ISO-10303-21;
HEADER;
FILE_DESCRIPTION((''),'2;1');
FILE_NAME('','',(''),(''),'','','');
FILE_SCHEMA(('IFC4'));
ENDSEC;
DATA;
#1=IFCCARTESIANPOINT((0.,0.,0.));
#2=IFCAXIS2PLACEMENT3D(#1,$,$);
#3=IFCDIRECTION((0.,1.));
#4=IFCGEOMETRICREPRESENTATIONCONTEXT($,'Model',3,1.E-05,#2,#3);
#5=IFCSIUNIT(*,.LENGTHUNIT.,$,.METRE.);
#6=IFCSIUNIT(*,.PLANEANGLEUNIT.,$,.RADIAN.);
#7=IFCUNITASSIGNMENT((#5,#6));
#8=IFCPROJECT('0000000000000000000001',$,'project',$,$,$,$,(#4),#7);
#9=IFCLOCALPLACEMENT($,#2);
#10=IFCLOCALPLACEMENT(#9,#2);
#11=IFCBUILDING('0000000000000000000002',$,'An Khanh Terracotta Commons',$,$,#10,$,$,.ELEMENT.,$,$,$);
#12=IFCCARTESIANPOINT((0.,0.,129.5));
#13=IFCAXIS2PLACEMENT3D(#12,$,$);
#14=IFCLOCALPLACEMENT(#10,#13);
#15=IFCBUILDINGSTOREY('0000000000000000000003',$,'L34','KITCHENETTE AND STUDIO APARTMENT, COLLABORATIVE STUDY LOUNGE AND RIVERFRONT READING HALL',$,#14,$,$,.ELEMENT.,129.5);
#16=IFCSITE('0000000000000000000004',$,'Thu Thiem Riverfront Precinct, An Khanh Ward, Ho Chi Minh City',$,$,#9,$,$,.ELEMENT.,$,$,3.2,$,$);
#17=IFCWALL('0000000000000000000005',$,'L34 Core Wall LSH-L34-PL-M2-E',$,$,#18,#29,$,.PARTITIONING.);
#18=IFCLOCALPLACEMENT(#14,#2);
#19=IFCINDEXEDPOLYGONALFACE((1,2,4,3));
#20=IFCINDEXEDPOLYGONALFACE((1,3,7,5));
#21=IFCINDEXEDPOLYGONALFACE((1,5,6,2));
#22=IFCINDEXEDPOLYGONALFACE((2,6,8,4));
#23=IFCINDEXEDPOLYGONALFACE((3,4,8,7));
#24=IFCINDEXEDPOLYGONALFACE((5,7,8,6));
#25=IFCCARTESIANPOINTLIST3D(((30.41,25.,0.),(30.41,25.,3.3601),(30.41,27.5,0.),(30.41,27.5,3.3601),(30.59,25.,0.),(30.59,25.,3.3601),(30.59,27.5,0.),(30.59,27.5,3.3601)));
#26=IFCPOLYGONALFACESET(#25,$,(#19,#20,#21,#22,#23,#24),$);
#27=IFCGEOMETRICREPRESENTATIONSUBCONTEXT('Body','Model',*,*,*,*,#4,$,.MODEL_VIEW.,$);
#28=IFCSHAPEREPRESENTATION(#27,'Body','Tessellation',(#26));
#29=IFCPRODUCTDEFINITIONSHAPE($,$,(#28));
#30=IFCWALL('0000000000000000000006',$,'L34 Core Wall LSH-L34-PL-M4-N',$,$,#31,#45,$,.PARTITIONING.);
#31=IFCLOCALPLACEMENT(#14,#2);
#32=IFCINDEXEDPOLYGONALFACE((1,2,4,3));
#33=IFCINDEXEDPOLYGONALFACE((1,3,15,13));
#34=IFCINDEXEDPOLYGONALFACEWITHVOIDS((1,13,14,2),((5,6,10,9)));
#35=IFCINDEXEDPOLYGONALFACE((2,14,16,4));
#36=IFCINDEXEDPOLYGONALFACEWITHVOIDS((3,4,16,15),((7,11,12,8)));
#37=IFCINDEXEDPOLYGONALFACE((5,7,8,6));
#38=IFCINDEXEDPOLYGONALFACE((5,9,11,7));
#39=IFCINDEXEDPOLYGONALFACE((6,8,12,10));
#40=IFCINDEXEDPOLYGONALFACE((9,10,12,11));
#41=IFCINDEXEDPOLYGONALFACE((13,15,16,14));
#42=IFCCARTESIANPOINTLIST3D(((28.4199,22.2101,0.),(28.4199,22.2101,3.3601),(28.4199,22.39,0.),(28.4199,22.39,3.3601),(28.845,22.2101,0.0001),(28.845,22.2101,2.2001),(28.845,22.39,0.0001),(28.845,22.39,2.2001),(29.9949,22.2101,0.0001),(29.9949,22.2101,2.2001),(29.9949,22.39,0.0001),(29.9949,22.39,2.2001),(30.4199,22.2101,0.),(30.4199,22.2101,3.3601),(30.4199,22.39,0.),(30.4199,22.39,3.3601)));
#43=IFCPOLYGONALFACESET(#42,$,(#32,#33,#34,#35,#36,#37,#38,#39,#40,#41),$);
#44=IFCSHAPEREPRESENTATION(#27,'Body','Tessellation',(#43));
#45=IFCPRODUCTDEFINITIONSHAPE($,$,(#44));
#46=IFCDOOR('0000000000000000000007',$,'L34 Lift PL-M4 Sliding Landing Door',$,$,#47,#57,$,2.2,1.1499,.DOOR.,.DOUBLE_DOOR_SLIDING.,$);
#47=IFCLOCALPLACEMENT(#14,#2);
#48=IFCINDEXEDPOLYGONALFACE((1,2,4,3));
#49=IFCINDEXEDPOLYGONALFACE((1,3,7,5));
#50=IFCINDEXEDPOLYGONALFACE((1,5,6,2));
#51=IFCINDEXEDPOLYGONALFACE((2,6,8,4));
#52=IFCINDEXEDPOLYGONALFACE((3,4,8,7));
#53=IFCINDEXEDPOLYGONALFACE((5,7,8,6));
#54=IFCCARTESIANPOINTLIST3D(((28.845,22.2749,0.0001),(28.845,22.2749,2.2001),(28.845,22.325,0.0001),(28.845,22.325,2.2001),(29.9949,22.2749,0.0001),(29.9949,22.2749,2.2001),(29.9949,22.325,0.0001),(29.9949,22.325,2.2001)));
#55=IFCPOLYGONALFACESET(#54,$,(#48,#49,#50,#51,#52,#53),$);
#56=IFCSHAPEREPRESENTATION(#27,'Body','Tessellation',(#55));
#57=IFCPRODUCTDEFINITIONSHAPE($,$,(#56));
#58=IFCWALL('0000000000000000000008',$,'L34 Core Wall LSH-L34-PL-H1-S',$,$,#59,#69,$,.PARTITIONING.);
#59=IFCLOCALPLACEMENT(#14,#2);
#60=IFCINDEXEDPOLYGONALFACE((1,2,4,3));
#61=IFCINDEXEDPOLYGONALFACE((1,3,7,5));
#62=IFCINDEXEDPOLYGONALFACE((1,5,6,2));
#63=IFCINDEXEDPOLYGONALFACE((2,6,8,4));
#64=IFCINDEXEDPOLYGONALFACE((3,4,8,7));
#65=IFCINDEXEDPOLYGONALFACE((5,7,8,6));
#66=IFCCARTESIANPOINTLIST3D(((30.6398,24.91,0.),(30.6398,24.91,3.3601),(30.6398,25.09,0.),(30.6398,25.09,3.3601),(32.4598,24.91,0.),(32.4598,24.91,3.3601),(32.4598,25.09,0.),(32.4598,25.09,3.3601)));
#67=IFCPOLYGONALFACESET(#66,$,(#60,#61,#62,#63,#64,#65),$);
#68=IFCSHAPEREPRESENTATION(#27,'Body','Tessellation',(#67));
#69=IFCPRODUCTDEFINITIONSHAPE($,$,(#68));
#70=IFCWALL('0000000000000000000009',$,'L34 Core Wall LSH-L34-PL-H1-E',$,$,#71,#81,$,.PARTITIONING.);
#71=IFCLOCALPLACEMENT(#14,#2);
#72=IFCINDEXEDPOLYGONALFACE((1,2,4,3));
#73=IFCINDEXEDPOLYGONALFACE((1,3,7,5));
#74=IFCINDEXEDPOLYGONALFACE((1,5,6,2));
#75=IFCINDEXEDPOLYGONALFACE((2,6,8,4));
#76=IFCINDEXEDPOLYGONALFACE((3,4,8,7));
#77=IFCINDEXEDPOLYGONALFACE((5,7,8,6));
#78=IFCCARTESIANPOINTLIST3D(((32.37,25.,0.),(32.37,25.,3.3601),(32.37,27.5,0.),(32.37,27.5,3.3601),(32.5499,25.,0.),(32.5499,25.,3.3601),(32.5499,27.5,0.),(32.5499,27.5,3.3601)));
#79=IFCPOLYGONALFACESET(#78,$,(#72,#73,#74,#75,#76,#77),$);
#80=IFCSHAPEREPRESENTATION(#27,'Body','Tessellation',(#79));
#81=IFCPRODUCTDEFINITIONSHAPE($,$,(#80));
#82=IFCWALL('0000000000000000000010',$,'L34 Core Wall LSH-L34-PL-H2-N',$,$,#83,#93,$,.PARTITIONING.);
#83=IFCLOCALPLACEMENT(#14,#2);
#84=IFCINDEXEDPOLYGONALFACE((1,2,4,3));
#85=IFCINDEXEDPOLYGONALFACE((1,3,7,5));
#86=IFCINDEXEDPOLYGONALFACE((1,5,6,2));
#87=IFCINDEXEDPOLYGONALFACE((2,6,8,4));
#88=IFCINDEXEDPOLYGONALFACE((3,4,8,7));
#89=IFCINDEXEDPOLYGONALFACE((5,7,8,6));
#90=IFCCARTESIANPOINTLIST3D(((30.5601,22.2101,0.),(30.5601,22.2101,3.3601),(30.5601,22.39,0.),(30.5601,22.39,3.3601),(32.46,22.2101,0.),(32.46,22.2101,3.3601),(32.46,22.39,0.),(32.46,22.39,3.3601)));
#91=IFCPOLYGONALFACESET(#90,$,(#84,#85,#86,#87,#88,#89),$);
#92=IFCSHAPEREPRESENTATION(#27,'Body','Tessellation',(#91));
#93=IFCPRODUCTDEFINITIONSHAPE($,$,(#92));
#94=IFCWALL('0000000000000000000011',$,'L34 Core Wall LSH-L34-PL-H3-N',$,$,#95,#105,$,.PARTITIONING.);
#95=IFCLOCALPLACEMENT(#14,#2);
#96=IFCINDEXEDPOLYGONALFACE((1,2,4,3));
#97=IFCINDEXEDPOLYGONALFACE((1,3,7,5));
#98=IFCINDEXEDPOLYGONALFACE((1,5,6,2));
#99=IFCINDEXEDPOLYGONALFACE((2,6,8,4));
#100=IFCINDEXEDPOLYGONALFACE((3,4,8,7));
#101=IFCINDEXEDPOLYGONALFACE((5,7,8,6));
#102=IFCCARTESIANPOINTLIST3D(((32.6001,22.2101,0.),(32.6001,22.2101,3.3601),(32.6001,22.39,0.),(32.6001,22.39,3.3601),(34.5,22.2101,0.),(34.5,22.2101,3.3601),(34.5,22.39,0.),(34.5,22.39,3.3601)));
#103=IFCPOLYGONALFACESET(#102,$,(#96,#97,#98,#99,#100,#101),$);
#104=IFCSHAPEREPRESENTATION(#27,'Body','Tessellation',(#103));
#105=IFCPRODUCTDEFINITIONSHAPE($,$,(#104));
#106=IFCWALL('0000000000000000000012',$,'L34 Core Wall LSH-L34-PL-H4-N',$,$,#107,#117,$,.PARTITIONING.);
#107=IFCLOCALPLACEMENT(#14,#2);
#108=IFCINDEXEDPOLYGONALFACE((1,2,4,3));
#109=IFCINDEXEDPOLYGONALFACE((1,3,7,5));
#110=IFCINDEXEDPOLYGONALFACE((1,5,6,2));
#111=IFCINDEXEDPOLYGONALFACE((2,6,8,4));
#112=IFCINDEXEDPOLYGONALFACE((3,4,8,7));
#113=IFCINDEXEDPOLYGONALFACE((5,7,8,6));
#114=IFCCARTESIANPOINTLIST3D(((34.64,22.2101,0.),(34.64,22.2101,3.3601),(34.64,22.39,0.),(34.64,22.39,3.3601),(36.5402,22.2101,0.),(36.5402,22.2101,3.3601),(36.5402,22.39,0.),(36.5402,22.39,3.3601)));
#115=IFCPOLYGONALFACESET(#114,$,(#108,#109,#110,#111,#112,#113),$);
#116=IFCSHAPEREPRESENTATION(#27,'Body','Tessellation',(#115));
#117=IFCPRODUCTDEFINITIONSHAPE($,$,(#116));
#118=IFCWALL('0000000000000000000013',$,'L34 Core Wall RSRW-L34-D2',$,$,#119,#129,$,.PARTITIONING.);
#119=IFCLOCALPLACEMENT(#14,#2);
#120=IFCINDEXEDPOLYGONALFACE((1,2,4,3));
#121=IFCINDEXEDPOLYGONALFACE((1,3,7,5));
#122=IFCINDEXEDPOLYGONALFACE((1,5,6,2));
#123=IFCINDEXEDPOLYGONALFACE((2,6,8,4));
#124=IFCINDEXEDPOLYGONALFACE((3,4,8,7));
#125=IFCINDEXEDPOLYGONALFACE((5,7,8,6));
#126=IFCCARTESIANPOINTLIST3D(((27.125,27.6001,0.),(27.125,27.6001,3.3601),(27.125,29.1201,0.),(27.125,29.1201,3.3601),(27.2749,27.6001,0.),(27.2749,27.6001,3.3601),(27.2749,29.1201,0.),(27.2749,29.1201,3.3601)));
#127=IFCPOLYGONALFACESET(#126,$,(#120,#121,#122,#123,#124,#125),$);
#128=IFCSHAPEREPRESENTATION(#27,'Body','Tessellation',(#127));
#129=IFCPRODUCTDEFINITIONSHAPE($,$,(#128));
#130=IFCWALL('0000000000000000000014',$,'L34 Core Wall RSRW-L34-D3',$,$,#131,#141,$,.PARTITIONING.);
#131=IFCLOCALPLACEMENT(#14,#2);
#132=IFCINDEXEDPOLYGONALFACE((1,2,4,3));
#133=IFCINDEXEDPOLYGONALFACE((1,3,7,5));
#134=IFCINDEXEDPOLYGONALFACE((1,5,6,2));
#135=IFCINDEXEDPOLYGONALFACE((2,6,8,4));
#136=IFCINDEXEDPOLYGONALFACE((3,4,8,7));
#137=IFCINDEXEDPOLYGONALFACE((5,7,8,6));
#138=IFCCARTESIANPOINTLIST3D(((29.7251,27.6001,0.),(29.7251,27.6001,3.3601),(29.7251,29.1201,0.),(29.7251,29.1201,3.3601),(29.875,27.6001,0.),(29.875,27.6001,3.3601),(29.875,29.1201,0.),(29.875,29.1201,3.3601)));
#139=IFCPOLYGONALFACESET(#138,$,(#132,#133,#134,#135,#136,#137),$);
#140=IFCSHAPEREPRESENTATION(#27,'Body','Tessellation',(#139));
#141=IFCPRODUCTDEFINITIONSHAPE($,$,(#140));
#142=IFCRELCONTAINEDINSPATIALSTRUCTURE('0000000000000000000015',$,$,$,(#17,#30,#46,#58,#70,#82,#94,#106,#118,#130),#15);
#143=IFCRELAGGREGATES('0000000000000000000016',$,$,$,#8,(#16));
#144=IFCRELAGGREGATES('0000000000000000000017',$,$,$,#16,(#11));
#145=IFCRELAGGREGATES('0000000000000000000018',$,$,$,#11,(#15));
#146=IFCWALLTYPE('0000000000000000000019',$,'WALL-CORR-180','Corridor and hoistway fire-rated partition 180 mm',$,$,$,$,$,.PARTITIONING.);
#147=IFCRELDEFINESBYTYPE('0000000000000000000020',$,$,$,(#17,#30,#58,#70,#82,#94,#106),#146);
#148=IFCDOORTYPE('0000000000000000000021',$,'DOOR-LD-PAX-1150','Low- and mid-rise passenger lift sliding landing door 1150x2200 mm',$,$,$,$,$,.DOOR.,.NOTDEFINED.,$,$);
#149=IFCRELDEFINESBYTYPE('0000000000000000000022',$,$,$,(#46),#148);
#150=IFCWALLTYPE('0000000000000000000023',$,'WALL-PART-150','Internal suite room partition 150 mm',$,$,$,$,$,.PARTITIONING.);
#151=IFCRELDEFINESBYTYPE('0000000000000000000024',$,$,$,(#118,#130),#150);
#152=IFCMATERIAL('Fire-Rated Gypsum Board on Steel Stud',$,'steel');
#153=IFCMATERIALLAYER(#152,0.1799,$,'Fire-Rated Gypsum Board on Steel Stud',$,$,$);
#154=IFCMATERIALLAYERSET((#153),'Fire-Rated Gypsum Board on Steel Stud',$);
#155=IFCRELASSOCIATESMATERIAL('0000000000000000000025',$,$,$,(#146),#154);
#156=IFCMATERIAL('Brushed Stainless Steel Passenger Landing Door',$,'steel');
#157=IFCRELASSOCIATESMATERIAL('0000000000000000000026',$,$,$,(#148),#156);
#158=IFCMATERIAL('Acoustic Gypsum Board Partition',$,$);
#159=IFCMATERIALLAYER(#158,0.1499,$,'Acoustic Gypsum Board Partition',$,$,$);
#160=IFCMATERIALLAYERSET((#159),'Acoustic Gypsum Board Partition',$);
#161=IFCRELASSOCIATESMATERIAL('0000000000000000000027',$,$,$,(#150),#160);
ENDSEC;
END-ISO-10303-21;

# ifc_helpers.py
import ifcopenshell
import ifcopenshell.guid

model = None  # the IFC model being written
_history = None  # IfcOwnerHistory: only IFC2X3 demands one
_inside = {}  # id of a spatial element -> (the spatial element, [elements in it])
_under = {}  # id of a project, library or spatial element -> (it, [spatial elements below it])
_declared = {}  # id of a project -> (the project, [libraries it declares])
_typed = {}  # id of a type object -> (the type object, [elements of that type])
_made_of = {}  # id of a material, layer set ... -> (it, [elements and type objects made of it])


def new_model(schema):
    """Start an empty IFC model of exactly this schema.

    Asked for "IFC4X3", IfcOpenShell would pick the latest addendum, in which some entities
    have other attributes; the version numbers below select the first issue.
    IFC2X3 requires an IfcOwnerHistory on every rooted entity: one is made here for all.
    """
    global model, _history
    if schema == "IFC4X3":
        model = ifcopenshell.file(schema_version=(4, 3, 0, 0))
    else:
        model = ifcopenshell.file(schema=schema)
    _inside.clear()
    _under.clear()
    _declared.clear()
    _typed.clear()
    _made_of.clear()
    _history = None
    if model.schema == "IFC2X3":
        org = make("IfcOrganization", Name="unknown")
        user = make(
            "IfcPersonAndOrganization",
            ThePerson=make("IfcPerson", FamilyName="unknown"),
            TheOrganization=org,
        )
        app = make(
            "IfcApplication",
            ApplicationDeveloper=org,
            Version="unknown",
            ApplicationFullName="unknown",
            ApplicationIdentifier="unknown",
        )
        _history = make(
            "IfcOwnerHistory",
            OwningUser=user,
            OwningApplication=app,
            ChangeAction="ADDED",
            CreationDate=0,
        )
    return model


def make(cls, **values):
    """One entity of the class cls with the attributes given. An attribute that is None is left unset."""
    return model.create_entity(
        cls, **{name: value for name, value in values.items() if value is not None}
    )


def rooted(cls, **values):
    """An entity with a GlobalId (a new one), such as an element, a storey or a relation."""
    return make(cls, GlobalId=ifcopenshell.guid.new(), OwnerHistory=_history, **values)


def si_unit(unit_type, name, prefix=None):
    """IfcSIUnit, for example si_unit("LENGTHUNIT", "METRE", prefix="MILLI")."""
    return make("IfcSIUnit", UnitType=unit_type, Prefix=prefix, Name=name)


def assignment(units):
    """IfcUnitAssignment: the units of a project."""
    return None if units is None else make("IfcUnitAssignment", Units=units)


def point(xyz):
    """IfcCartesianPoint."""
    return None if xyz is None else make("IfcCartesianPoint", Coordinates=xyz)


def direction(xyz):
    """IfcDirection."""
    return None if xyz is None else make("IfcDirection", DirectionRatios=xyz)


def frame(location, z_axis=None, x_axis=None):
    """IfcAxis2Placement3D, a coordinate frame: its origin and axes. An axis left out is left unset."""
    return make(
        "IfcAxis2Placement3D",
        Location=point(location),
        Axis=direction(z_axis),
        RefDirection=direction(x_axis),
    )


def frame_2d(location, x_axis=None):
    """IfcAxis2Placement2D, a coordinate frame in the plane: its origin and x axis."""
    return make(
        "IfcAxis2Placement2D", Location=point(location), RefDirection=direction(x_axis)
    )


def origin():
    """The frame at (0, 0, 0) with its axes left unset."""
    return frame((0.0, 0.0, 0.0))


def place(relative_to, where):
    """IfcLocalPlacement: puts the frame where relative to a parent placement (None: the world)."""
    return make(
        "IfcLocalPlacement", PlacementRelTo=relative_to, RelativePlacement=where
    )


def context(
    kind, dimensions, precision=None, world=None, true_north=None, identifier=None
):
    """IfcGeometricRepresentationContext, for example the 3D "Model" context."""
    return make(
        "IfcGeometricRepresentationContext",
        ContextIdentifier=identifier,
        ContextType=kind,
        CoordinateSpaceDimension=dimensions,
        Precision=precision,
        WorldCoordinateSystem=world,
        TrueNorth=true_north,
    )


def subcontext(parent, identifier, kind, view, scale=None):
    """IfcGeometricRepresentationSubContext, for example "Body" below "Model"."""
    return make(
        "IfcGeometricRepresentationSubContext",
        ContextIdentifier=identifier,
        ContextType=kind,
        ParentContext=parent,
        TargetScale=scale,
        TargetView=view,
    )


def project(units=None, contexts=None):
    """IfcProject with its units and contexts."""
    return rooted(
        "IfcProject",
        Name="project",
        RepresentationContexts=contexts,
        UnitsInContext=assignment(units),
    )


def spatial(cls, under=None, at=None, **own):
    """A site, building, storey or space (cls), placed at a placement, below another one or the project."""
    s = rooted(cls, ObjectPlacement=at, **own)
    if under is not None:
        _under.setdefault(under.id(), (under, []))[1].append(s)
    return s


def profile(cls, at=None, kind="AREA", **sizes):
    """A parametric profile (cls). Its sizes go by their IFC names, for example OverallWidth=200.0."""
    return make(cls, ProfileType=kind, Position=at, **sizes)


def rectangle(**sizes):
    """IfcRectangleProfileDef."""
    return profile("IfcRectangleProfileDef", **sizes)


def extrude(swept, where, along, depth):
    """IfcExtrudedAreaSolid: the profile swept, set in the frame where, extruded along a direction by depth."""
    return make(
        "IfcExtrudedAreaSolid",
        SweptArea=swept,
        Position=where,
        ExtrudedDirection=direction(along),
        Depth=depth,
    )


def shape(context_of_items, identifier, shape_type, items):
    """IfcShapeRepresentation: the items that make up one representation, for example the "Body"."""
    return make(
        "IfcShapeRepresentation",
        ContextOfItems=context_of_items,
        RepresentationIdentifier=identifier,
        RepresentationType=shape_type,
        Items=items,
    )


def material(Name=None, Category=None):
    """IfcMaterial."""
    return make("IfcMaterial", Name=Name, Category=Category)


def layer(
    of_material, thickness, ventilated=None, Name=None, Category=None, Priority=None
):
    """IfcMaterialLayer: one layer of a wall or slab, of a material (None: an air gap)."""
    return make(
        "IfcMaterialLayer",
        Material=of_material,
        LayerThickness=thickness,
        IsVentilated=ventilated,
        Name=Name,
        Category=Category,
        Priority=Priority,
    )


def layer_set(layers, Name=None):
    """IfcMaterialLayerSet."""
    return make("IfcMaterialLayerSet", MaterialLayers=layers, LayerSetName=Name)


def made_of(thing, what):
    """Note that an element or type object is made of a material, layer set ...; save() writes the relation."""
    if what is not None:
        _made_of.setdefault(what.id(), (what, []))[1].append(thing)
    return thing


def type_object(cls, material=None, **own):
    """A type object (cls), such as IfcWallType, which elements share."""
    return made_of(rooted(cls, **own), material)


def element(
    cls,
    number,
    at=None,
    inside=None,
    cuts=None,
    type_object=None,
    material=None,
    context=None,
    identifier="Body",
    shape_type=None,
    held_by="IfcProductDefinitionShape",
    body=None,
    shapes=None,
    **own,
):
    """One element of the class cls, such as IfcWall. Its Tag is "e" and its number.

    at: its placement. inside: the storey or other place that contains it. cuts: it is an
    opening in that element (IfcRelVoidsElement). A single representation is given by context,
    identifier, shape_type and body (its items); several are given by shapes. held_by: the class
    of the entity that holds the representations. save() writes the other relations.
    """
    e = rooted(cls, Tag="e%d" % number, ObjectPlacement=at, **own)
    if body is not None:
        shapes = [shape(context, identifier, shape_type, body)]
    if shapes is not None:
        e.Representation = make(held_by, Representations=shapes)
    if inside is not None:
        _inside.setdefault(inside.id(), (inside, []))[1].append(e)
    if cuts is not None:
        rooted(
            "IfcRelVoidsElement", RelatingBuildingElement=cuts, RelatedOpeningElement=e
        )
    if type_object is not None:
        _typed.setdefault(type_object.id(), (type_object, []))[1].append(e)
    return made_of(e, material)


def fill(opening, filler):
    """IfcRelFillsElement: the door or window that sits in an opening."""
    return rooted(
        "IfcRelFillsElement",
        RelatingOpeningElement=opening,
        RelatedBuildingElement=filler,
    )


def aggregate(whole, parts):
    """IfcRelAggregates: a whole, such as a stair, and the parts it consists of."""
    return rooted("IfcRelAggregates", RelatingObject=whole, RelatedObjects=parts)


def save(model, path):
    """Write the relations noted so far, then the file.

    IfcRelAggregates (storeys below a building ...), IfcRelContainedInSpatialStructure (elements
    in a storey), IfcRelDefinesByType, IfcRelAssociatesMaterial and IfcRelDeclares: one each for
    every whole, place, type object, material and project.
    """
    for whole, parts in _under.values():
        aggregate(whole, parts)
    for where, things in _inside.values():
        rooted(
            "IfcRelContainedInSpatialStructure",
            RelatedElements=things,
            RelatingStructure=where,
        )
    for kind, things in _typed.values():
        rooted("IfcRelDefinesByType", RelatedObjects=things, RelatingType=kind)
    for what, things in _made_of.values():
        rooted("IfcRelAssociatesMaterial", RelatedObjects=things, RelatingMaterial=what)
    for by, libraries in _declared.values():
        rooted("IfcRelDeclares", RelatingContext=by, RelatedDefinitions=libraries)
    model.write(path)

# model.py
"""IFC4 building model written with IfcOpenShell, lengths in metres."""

from ifc_helpers import new_model, si_unit, direction, frame, frame_2d, origin, place, context, subcontext, project, spatial, rectangle, extrude, material, layer, layer_set, type_object, element, fill, save


model = new_model("IFC4")

# Units and contexts
model_context = context("Model", 3, precision=1e-05, world=origin(), true_north=direction((0.0, 1.0)))
body_context = subcontext(model_context, "Body", "Model", "MODEL_VIEW")
ifc_project = project(units=[si_unit("LENGTHUNIT", "METRE"), si_unit("PLANEANGLEUNIT", "RADIAN")], contexts=[model_context])

# Site, building, storey
site_placement = place(None, origin())
site = spatial("IfcSite", under=ifc_project, at=site_placement, Name="Thu Thiem Riverfront Precinct, An Khanh Ward, Ho Chi Minh City", CompositionType="ELEMENT", RefElevation=3.2)
building_placement = place(site_placement, origin())
building = spatial("IfcBuilding", under=site, at=building_placement, Name="An Khanh Terracotta Commons", CompositionType="ELEMENT")
storey_placement = place(building_placement, frame((0.0, 0.0, 129.5)))
storey = spatial("IfcBuildingStorey", under=building, at=storey_placement, Name="L34", Description="KITCHENETTE AND STUDIO APARTMENT, COLLABORATIVE STUDY LOUNGE AND RIVERFRONT READING HALL", CompositionType="ELEMENT", Elevation=129.5)

# Shared definitions
ifc_material_1 = material(Name="Fire-Rated Gypsum Board on Steel Stud", Category="steel")
ifc_layer_1 = layer(ifc_material_1, 0.1799, Name="Fire-Rated Gypsum Board on Steel Stud")
ifc_layer_set_1 = layer_set([ifc_layer_1], Name="Fire-Rated Gypsum Board on Steel Stud")
wall_type_1 = type_object("IfcWallType", Name="WALL-CORR-180", Description="Corridor and hoistway fire-rated partition 180 mm", PredefinedType="PARTITIONING", material=ifc_layer_set_1)

# Shared definitions
ifc_material_2 = material(Name="Brushed Stainless Steel Passenger Landing Door", Category="steel")
door_type = type_object("IfcDoorType", Name="DOOR-LD-PAX-1150", Description="Low- and mid-rise passenger lift sliding landing door 1150x2200 mm", OperationType="NOTDEFINED", PredefinedType="DOOR", material=ifc_material_2)

# Wall
wall_1_placement = place(storey_placement, frame((30.5, 25.0, 0.0), z_axis=(0.0, 0.0, 1.0), x_axis=(0.0, 1.0, 0.0)))
element("IfcWall", 1, at=wall_1_placement, inside=storey, type_object=wall_type_1, Name="L34 Core Wall LSH-L34-PL-M2-E", PredefinedType="PARTITIONING", context=body_context, shape_type="SweptSolid", body=[
    extrude(rectangle(XDim=2.5, YDim=0.1799, at=frame_2d((1.25, 0.0))), origin(), (0.0, 0.0, 1.0), 3.3601),
])

# Wall, opening, door
wall_2_placement = place(storey_placement, frame((28.4199, 22.3, 0.0), z_axis=(0.0, 0.0, 1.0), x_axis=(1.0, 0.0, 0.0)))
wall_2 = element("IfcWall", 2, at=wall_2_placement, inside=storey, type_object=wall_type_1, Name="L34 Core Wall LSH-L34-PL-M4-N", PredefinedType="PARTITIONING", context=body_context, shape_type="SweptSolid", body=[
    extrude(rectangle(XDim=2.0, YDim=0.1799, at=frame_2d((1.0, 0.0))), origin(), (0.0, 0.0, 1.0), 3.3601),
])
opening_1_placement = place(wall_2_placement, frame((0.425, 0.0, 0.0)))
opening_1 = element("IfcOpeningElement", 3, at=opening_1_placement, cuts=wall_2, PredefinedType="OPENING", context=body_context, shape_type="SweptSolid", body=[
    extrude(rectangle(XDim=1.1499, YDim=2.2, at=frame_2d((0.575, 1.1001))), frame((0.0, 0.0999, 0.0), z_axis=(0.0, -1.0, 0.0), x_axis=(1.0, 0.0, 0.0)), (0.0, 0.0, 1.0), 0.2),
])
door_1_placement = place(opening_1_placement, origin())
door_1 = element("IfcDoor", 4, at=door_1_placement, inside=storey, type_object=door_type, Name="L34 Lift PL-M4 Sliding Landing Door", OperationType="DOUBLE_DOOR_SLIDING", OverallHeight=2.2, OverallWidth=1.1499, PredefinedType="DOOR", context=body_context, shape_type="SweptSolid", body=[
    extrude(rectangle(XDim=1.1499, YDim=2.2, at=frame_2d((0.575, 1.1001))), frame((0.0, 0.0249, 0.0), z_axis=(0.0, -1.0, 0.0), x_axis=(1.0, 0.0, 0.0)), (0.0, 0.0, 1.0), 0.05),
])
fill(opening_1, door_1)

# Walls
wall_3_placement = place(storey_placement, frame((32.46, 25.0, 0.0), z_axis=(0.0, 0.0, 1.0), x_axis=(-1.0, 0.0, 0.0)))
element("IfcWall", 5, at=wall_3_placement, inside=storey, type_object=wall_type_1, Name="L34 Core Wall LSH-L34-PL-H1-S", PredefinedType="PARTITIONING", context=body_context, shape_type="SweptSolid", body=[
    extrude(rectangle(XDim=1.8201, YDim=0.1799, at=frame_2d((0.9102, 0.0))), origin(), (0.0, 0.0, 1.0), 3.3601),
])
wall_4_placement = place(storey_placement, frame((32.46, 25.0, 0.0), z_axis=(0.0, 0.0, 1.0), x_axis=(0.0, 1.0, 0.0)))
element("IfcWall", 6, at=wall_4_placement, inside=storey, type_object=wall_type_1, Name="L34 Core Wall LSH-L34-PL-H1-E", PredefinedType="PARTITIONING", context=body_context, shape_type="SweptSolid", body=[
    extrude(rectangle(XDim=2.5, YDim=0.1799, at=frame_2d((1.25, 0.0))), origin(), (0.0, 0.0, 1.0), 3.3601),
])
for number, where, z_axis, x_axis, name in (
    (7, (30.5601, 22.3, 0.0), (0.0, 0.0, 1.0), (1.0, 0.0, 0.0), "L34 Core Wall LSH-L34-PL-H2-N"),
    (8, (32.6001, 22.3, 0.0), (0.0, 0.0, 1.0), (1.0, 0.0, 0.0), "L34 Core Wall LSH-L34-PL-H3-N"),
):
    element("IfcWall", number, at=place(storey_placement, frame(where, z_axis=z_axis, x_axis=x_axis)), inside=storey, type_object=wall_type_1, Name=name, PredefinedType="PARTITIONING", context=body_context, shape_type="SweptSolid", body=[
        extrude(rectangle(XDim=1.8999, YDim=0.1799, at=frame_2d((0.95, 0.0))), origin(), (0.0, 0.0, 1.0), 3.3601),
    ])
wall_5_placement = place(storey_placement, frame((34.6399, 22.3, 0.0), z_axis=(0.0, 0.0, 1.0), x_axis=(1.0, 0.0, 0.0)))
element("IfcWall", 9, at=wall_5_placement, inside=storey, type_object=wall_type_1, Name="L34 Core Wall LSH-L34-PL-H4-N", PredefinedType="PARTITIONING", context=body_context, shape_type="SweptSolid", body=[
    extrude(rectangle(XDim=1.9001, YDim=0.1799, at=frame_2d((0.9502, 0.0))), origin(), (0.0, 0.0, 1.0), 3.3601),
])
ifc_material_3 = material(Name="Acoustic Gypsum Board Partition")
ifc_layer_2 = layer(ifc_material_3, 0.1499, Name="Acoustic Gypsum Board Partition")
ifc_layer_set_2 = layer_set([ifc_layer_2], Name="Acoustic Gypsum Board Partition")
wall_type_2 = type_object("IfcWallType", Name="WALL-PART-150", Description="Internal suite room partition 150 mm", PredefinedType="PARTITIONING", material=ifc_layer_set_2)
for number, where, z_axis, x_axis, name in (
    (10, (27.2, 27.6001, 0.0), (0.0, 0.0, 1.0), (0.0, 1.0, 0.0), "L34 Core Wall RSRW-L34-D2"),
    (11, (29.8, 27.6001, 0.0), (0.0, 0.0, 1.0), (0.0, 1.0, 0.0), "L34 Core Wall RSRW-L34-D3"),
):
    element("IfcWall", number, at=place(storey_placement, frame(where, z_axis=z_axis, x_axis=x_axis)), inside=storey, type_object=wall_type_2, Name=name, PredefinedType="PARTITIONING", context=body_context, shape_type="SweptSolid", body=[
        extrude(rectangle(XDim=1.52, YDim=0.1499, at=frame_2d((0.76, 0.0))), origin(), (0.0, 0.0, 1.0), 3.3601),
    ])

save(model, "model.ifc")
